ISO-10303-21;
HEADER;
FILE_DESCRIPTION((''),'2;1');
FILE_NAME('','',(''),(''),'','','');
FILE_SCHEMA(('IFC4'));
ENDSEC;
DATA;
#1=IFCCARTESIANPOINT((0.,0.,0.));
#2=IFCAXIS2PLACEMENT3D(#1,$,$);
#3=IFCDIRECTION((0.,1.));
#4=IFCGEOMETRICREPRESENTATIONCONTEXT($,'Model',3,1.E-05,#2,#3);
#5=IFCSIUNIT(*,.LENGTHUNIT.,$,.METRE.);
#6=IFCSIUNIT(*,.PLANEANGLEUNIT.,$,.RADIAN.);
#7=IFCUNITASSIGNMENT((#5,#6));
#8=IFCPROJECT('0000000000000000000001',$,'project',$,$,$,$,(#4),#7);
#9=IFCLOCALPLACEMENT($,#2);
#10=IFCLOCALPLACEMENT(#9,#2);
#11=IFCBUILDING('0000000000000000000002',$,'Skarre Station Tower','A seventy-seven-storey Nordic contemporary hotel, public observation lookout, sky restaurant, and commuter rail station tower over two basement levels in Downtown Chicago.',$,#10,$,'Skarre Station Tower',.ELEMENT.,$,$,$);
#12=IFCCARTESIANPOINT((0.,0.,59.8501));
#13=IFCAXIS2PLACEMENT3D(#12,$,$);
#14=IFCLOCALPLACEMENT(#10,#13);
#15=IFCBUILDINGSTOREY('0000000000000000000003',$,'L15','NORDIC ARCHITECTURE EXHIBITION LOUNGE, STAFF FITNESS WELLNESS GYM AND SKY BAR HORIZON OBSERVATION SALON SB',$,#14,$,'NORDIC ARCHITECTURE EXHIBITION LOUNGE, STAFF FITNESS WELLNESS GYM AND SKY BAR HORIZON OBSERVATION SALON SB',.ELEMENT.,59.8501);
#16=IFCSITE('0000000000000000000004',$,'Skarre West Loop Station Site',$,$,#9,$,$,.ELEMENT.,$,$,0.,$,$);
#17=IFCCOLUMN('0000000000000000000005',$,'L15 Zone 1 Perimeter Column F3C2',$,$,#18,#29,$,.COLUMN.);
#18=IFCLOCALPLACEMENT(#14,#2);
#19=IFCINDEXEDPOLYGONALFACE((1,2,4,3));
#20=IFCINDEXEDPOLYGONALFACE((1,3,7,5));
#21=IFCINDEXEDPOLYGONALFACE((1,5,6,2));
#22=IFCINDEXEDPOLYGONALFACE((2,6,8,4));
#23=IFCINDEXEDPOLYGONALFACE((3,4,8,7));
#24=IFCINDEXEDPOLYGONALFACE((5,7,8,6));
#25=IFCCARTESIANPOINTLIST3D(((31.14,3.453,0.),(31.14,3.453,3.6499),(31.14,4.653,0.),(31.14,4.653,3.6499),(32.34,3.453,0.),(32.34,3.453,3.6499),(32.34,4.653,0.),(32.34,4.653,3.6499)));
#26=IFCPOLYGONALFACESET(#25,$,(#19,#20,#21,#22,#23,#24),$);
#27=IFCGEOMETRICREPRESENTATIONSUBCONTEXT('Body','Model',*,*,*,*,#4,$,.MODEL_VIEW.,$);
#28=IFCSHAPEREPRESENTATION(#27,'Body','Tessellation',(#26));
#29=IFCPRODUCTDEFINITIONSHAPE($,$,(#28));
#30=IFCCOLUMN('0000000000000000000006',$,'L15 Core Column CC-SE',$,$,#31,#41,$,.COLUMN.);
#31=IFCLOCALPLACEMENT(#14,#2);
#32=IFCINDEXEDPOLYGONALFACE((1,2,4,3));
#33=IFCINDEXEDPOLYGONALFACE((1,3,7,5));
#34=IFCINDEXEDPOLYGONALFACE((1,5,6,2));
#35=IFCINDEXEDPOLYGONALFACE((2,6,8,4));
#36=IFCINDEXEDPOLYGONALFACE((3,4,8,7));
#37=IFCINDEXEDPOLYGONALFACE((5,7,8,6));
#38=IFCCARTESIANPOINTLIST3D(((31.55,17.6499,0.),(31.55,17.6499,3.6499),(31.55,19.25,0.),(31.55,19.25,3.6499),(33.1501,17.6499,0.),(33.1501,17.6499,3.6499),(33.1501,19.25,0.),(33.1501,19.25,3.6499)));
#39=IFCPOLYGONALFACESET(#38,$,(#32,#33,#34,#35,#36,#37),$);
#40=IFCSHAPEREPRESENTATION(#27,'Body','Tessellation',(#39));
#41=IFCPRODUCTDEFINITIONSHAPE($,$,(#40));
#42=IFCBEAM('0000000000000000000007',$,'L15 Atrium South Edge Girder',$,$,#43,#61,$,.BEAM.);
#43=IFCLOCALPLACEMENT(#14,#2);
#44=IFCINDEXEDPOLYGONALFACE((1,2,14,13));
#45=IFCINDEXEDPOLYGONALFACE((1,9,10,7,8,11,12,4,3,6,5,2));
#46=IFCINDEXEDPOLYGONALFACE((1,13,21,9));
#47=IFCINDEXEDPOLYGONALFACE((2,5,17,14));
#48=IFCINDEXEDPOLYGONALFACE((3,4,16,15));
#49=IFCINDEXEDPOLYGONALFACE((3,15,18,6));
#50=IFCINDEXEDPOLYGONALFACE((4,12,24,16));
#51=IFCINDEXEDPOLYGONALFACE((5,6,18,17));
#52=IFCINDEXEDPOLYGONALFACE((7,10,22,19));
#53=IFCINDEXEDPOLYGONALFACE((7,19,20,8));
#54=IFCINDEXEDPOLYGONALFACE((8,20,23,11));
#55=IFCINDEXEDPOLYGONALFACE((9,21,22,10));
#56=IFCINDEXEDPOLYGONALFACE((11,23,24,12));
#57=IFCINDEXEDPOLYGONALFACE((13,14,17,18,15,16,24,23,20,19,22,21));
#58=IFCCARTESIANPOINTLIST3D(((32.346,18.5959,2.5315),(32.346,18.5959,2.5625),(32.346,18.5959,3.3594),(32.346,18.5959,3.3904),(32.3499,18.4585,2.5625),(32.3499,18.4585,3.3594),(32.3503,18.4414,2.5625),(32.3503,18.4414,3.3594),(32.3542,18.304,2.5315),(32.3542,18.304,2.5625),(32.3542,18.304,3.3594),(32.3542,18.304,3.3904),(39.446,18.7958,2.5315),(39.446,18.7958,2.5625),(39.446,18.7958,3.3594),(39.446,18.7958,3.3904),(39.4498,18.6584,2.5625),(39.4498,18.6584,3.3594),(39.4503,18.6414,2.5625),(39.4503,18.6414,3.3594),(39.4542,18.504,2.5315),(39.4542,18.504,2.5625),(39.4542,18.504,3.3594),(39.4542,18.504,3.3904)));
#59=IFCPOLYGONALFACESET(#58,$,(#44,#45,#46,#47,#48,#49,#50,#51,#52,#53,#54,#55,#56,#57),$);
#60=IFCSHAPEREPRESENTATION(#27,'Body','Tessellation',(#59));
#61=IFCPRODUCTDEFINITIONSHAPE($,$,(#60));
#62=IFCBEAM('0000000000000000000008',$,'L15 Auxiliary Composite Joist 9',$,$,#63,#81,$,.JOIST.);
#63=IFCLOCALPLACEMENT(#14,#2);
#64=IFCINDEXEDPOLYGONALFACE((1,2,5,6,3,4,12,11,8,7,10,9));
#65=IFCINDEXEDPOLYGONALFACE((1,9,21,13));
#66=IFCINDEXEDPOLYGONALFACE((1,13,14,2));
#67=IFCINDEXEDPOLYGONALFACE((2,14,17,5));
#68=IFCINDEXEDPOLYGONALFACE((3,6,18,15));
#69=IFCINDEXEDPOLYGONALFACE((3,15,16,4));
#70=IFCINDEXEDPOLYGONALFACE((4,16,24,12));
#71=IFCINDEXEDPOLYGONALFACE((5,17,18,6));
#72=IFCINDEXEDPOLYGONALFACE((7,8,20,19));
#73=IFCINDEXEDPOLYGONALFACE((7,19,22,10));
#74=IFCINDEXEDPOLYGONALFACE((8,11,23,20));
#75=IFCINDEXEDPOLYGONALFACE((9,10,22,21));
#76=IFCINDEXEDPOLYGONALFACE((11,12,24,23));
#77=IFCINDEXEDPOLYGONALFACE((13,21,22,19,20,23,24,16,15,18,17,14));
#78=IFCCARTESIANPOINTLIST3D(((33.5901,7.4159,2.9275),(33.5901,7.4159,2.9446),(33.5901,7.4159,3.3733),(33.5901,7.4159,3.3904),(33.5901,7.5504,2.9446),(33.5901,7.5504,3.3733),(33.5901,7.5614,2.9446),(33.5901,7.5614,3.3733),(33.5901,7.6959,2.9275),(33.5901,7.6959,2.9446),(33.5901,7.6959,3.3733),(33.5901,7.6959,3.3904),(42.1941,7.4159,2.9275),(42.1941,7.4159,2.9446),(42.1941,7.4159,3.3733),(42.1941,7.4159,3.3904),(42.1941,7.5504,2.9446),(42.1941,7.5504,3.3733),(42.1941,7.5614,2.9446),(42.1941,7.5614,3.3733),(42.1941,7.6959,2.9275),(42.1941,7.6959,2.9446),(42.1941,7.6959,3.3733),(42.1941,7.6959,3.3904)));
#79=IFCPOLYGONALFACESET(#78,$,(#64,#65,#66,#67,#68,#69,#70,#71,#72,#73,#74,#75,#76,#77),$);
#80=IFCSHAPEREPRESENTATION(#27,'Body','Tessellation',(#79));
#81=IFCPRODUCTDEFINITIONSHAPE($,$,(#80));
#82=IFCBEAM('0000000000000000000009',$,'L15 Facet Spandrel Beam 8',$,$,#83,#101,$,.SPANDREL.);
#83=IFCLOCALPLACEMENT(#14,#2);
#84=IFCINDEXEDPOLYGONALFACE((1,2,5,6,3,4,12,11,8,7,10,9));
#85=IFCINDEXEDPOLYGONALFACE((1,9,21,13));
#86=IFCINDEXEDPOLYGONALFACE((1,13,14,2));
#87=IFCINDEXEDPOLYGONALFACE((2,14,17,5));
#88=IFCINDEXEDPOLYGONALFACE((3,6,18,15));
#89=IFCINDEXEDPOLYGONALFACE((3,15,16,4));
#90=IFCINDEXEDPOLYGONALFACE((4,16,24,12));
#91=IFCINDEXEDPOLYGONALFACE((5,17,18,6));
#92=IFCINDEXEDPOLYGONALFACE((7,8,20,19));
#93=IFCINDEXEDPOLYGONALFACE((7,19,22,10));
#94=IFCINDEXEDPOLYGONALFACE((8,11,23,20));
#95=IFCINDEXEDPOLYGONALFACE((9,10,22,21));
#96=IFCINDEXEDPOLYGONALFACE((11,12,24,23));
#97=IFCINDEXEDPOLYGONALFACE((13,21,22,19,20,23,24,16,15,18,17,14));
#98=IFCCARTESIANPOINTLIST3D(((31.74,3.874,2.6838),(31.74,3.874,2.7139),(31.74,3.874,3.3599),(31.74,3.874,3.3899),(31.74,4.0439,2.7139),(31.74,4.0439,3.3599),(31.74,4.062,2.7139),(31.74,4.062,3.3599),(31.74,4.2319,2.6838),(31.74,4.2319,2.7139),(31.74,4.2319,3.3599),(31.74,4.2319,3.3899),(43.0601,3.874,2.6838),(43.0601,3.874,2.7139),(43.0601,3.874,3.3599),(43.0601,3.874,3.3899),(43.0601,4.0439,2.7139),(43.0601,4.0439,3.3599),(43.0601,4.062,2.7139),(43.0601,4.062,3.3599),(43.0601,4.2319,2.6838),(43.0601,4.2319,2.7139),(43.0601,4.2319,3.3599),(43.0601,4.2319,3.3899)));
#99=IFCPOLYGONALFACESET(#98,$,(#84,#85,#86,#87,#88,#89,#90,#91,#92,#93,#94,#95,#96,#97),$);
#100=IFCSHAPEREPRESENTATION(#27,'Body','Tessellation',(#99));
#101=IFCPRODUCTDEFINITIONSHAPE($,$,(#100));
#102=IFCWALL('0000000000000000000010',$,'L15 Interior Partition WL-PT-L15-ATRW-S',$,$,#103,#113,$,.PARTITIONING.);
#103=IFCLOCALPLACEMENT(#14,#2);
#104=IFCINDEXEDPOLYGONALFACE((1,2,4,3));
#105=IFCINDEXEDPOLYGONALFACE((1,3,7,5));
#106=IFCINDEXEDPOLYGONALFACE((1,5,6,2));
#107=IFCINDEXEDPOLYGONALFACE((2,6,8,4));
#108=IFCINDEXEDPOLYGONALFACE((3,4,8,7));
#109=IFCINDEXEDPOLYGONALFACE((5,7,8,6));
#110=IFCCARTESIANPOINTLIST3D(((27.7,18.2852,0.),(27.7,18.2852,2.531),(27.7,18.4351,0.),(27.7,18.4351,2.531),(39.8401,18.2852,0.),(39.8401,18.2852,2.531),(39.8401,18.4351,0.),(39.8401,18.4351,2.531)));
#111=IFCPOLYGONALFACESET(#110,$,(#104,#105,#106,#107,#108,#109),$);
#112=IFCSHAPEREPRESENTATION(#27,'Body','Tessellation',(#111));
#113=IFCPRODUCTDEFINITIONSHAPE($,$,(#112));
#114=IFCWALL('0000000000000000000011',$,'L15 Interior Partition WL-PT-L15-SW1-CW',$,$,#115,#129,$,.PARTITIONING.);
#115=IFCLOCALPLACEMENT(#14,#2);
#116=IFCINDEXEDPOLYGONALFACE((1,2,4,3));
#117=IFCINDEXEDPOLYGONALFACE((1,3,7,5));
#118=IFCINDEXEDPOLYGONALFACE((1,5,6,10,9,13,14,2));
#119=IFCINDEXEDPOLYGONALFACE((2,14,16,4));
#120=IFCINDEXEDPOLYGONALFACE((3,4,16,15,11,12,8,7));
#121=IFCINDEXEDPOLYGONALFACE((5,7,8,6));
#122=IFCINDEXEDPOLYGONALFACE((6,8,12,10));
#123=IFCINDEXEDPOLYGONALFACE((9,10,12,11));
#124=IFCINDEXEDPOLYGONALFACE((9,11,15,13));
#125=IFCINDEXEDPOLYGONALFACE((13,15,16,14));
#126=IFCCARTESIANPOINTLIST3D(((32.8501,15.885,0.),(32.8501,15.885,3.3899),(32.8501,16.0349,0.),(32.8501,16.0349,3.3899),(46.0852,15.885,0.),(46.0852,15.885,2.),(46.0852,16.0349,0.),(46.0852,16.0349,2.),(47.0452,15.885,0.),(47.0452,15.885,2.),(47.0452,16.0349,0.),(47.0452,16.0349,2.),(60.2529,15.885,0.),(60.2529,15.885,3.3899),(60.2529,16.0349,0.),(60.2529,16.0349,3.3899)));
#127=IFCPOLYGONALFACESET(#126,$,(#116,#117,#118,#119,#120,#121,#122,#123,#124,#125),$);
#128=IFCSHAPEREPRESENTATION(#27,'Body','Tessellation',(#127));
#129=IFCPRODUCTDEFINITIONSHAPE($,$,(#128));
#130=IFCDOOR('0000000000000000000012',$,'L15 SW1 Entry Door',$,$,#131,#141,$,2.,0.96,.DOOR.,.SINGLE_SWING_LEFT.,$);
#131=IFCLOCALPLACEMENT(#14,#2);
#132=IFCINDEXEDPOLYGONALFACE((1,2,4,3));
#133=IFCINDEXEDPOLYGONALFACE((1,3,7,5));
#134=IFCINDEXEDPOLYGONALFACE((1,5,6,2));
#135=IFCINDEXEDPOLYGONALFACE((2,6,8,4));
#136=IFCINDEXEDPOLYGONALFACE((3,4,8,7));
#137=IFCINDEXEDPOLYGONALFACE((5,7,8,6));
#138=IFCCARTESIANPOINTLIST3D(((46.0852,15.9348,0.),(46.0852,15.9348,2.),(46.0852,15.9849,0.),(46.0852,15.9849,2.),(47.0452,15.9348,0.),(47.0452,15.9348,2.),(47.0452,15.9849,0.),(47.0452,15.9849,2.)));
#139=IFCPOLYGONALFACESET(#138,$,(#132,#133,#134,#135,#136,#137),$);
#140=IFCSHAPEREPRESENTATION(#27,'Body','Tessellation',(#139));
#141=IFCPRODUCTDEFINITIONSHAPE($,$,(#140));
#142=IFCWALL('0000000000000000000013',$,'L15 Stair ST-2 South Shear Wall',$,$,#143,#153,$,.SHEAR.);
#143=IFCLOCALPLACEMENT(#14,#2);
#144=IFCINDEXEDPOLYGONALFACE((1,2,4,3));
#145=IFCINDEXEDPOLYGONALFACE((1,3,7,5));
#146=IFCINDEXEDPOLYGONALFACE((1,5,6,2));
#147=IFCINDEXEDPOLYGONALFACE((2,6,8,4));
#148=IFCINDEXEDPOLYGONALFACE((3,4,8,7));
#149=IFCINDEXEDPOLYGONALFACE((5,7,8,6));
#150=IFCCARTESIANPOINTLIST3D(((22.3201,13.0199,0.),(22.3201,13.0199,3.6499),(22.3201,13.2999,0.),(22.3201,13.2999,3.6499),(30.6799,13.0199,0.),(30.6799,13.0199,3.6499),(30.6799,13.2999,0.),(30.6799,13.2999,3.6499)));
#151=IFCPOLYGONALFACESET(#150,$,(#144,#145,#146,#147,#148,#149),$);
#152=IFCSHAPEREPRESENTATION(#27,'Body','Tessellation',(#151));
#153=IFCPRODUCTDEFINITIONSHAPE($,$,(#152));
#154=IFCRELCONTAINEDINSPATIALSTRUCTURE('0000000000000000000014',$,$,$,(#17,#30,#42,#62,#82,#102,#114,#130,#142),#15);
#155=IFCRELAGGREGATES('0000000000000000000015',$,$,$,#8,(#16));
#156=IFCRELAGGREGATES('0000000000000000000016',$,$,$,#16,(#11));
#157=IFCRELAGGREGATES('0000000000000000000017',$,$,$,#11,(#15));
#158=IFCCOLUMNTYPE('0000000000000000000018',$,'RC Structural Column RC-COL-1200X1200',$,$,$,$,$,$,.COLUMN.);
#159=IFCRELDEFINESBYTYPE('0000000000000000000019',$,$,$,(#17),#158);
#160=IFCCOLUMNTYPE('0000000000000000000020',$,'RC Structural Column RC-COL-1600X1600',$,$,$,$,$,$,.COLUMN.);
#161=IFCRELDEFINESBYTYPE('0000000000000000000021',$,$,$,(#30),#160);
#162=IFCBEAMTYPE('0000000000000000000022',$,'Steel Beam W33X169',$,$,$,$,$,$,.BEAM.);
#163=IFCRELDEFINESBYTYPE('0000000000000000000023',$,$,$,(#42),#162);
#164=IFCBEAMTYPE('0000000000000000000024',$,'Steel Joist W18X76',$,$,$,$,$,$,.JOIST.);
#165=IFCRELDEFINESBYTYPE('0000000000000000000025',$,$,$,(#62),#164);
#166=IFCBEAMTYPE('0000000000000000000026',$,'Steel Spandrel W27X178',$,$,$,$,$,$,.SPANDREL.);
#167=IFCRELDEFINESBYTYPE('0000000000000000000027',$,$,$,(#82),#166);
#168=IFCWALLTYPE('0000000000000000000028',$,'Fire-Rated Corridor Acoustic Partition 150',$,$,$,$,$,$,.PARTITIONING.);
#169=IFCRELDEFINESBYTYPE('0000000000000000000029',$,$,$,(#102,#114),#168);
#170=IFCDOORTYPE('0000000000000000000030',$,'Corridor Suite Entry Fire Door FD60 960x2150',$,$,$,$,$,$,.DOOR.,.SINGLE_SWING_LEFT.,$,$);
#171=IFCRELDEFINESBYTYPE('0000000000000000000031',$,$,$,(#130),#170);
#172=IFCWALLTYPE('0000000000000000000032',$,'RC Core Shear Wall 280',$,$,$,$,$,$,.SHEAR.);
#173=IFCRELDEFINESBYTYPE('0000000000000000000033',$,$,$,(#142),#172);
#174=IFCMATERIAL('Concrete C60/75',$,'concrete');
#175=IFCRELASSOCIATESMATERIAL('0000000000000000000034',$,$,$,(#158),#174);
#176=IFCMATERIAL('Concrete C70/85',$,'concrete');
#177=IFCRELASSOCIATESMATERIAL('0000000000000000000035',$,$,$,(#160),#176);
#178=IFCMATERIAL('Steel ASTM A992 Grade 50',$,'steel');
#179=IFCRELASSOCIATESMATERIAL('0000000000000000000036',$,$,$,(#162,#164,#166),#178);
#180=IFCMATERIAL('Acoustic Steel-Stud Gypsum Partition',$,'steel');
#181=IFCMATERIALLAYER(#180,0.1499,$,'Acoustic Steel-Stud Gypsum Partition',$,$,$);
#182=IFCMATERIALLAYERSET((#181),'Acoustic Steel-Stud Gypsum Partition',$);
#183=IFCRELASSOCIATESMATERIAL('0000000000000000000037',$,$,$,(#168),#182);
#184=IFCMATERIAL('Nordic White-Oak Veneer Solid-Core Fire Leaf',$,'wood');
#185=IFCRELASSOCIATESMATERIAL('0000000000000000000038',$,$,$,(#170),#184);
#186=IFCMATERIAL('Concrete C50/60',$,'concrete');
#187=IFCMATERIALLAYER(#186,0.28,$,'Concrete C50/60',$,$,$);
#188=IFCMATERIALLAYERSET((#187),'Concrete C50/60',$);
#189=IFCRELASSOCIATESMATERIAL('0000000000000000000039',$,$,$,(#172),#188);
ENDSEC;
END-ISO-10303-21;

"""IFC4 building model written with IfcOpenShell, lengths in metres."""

from ifc_helpers import new_model, si_unit, direction, frame, frame_2d, origin, origin_2d, place, context, subcontext, project, spatial, rectangle, i_section, extrude, material, layer, layer_set, material_profile, profile_set, type_object, element, fill, save


model = new_model("IFC4")

# Units and contexts
model_context = context("Model", 3, precision=1e-05, world=origin(), true_north=direction((0.0, 1.0)))
body_context = subcontext(model_context, "Body", "Model", "MODEL_VIEW")
ifc_project = project(units=[si_unit("LENGTHUNIT", "METRE"), si_unit("PLANEANGLEUNIT", "RADIAN")], contexts=[model_context])

# Site, building, storey
site_placement = place(None, origin())
site = spatial("IfcSite", under=ifc_project, at=site_placement, Name="Skarre West Loop Station Site", CompositionType="ELEMENT", RefElevation=0.0)
building_placement = place(site_placement, origin())
building = spatial("IfcBuilding", under=site, at=building_placement, Name="Skarre Station Tower", Description="A seventy-seven-storey Nordic contemporary hotel, public observation lookout, sky restaurant, and commuter rail station tower over two basement levels in Downtown Chicago.", LongName="Skarre Station Tower", CompositionType="ELEMENT")
storey_placement = place(building_placement, frame((0.0, 0.0, 59.8501)))
storey = spatial("IfcBuildingStorey", under=building, at=storey_placement, Name="L15", Description="NORDIC ARCHITECTURE EXHIBITION LOUNGE, STAFF FITNESS WELLNESS GYM AND SKY BAR HORIZON OBSERVATION SALON SB", LongName="NORDIC ARCHITECTURE EXHIBITION LOUNGE, STAFF FITNESS WELLNESS GYM AND SKY BAR HORIZON OBSERVATION SALON SB", CompositionType="ELEMENT", Elevation=59.8501)

# Columns
ifc_material_1 = material(Name="Concrete C60/75", Category="concrete")
ifc_material_profile_1 = material_profile(ifc_material_1, rectangle(XDim=1.2, YDim=1.2, at=origin_2d()), Name="Concrete C60/75")
ifc_profile_set_1 = profile_set([ifc_material_profile_1], Name="Concrete C60/75")
column_type_1 = type_object("IfcColumnType", Name="RC Structural Column RC-COL-1200X1200", PredefinedType="COLUMN", material=ifc_profile_set_1)
column_1_placement = place(storey_placement, frame((31.74, 4.053, 0.0), z_axis=(0.0, 0.0, 1.0), x_axis=(1.0, 0.0, 0.0)))
element("IfcColumn", 1, at=column_1_placement, inside=storey, type_object=column_type_1, Name="L15 Zone 1 Perimeter Column F3C2", PredefinedType="COLUMN", context=body_context, shape_type="SweptSolid", body=[
    extrude(rectangle(XDim=1.2, YDim=1.2, at=origin_2d()), origin(), (0.0, 0.0, 1.0), 3.6499),
])
ifc_material_2 = material(Name="Concrete C70/85", Category="concrete")
ifc_material_profile_2 = material_profile(ifc_material_2, rectangle(XDim=1.6001, YDim=1.6001, at=origin_2d()), Name="Concrete C70/85")
ifc_profile_set_2 = profile_set([ifc_material_profile_2], Name="Concrete C70/85")
column_type_2 = type_object("IfcColumnType", Name="RC Structural Column RC-COL-1600X1600", PredefinedType="COLUMN", material=ifc_profile_set_2)
column_2_placement = place(storey_placement, frame((32.3501, 18.45, 0.0), z_axis=(0.0, 0.0, 1.0), x_axis=(1.0, 0.0, 0.0)))
element("IfcColumn", 2, at=column_2_placement, inside=storey, type_object=column_type_2, Name="L15 Core Column CC-SE", PredefinedType="COLUMN", context=body_context, shape_type="SweptSolid", body=[
    extrude(rectangle(XDim=1.6001, YDim=1.6001, at=origin_2d()), origin(), (0.0, 0.0, 1.0), 3.6499),
])

# Beams
ifc_material_3 = material(Name="Steel ASTM A992 Grade 50", Category="steel")
ifc_material_profile_3 = material_profile(ifc_material_3, i_section(OverallWidth=0.292, OverallDepth=0.8589, WebThickness=0.0171, FlangeThickness=0.031, at=origin_2d()), Name="Steel ASTM A992 Grade 50")
ifc_profile_set_3 = profile_set([ifc_material_profile_3], Name="Steel ASTM A992 Grade 50")
beam_type_1 = type_object("IfcBeamType", Name="Steel Beam W33X169", PredefinedType="BEAM", material=ifc_profile_set_3)
beam_1_placement = place(storey_placement, frame((32.3501, 18.45, 2.9609), z_axis=(0.999604, 0.028152, 0.0), x_axis=(-0.028152, 0.999604, 0.0)))
element("IfcBeam", 3, at=beam_1_placement, inside=storey, type_object=beam_type_1, Name="L15 Atrium South Edge Girder", PredefinedType="BEAM", context=body_context, shape_type="SweptSolid", body=[
    extrude(i_section(OverallWidth=0.292, OverallDepth=0.8589, WebThickness=0.0171, FlangeThickness=0.031, at=origin_2d()), origin(), (0.0, 0.0, 1.0), 7.1028),
])
ifc_material_profile_4 = material_profile(ifc_material_3, i_section(OverallWidth=0.28, OverallDepth=0.4629, WebThickness=0.011, FlangeThickness=0.0171, at=origin_2d()), Name="Steel ASTM A992 Grade 50")
ifc_profile_set_4 = profile_set([ifc_material_profile_4], Name="Steel ASTM A992 Grade 50")
beam_type_2 = type_object("IfcBeamType", Name="Steel Joist W18X76", PredefinedType="JOIST", material=ifc_profile_set_4)
beam_2_placement = place(storey_placement, frame((33.5901, 7.5559, 3.1589), z_axis=(1.0, 0.0, 0.0), x_axis=(0.0, 1.0, 0.0)))
element("IfcBeam", 4, at=beam_2_placement, inside=storey, type_object=beam_type_2, Name="L15 Auxiliary Composite Joist 9", PredefinedType="JOIST", context=body_context, shape_type="SweptSolid", body=[
    extrude(i_section(OverallWidth=0.28, OverallDepth=0.4629, WebThickness=0.011, FlangeThickness=0.0171, at=origin_2d()), origin(), (0.0, 0.0, 1.0), 8.604),
])
ifc_material_profile_5 = material_profile(ifc_material_3, i_section(OverallWidth=0.3579, OverallDepth=0.7061, WebThickness=0.0181, FlangeThickness=0.03, at=origin_2d()), Name="Steel ASTM A992 Grade 50")
ifc_profile_set_5 = profile_set([ifc_material_profile_5], Name="Steel ASTM A992 Grade 50")
beam_type_3 = type_object("IfcBeamType", Name="Steel Spandrel W27X178", PredefinedType="SPANDREL", material=ifc_profile_set_5)
beam_3_placement = place(storey_placement, frame((31.74, 4.053, 3.0369), z_axis=(1.0, 0.0, 0.0), x_axis=(0.0, 1.0, 0.0)))
element("IfcBeam", 5, at=beam_3_placement, inside=storey, type_object=beam_type_3, Name="L15 Facet Spandrel Beam 8", PredefinedType="SPANDREL", context=body_context, shape_type="SweptSolid", body=[
    extrude(i_section(OverallWidth=0.3579, OverallDepth=0.7061, WebThickness=0.0181, FlangeThickness=0.03, at=origin_2d()), origin(), (0.0, 0.0, 1.0), 11.3201),
])

# Wall
ifc_material_4 = material(Name="Acoustic Steel-Stud Gypsum Partition", Category="steel")
ifc_layer_1 = layer(ifc_material_4, 0.1499, Name="Acoustic Steel-Stud Gypsum Partition")
ifc_layer_set_1 = layer_set([ifc_layer_1], Name="Acoustic Steel-Stud Gypsum Partition")
wall_type_1 = type_object("IfcWallType", Name="Fire-Rated Corridor Acoustic Partition 150", PredefinedType="PARTITIONING", material=ifc_layer_set_1)
wall_1_placement = place(storey_placement, frame((27.7, 18.3601, 0.0), z_axis=(0.0, 0.0, 1.0), x_axis=(1.0, 0.0, 0.0)))
element("IfcWall", 6, at=wall_1_placement, inside=storey, type_object=wall_type_1, Name="L15 Interior Partition WL-PT-L15-ATRW-S", PredefinedType="PARTITIONING", context=body_context, shape_type="SweptSolid", body=[
    extrude(rectangle(XDim=12.1401, YDim=0.1499, at=frame_2d((6.0701, 0.0))), origin(), (0.0, 0.0, 1.0), 2.531),
])

# Wall, opening, door
wall_2_placement = place(storey_placement, frame((32.8501, 15.96, 0.0), z_axis=(0.0, 0.0, 1.0), x_axis=(1.0, 0.0, 0.0)))
wall_2 = element("IfcWall", 7, at=wall_2_placement, inside=storey, type_object=wall_type_1, Name="L15 Interior Partition WL-PT-L15-SW1-CW", PredefinedType="PARTITIONING", context=body_context, shape_type="SweptSolid", body=[
    extrude(rectangle(XDim=27.4028, YDim=0.1499, at=frame_2d((13.7014, 0.0))), origin(), (0.0, 0.0, 1.0), 3.3899),
])
opening_1_placement = place(wall_2_placement, frame((13.2351, 0.0, 0.0)))
opening_1 = element("IfcOpeningElement", 8, at=opening_1_placement, cuts=wall_2, PredefinedType="OPENING", context=body_context, shape_type="SweptSolid", body=[
    extrude(rectangle(XDim=0.96, YDim=2.0, at=frame_2d((0.48, 1.0))), frame((0.0, 0.085, 0.0), z_axis=(0.0, -1.0, 0.0), x_axis=(1.0, 0.0, 0.0)), (0.0, 0.0, 1.0), 0.1699),
])
ifc_material_5 = material(Name="Nordic White-Oak Veneer Solid-Core Fire Leaf", Category="wood")
door_type_1 = type_object("IfcDoorType", Name="Corridor Suite Entry Fire Door FD60 960x2150", OperationType="SINGLE_SWING_LEFT", PredefinedType="DOOR", material=ifc_material_5)
door_1_placement = place(opening_1_placement, origin())
door_1 = element("IfcDoor", 9, at=door_1_placement, inside=storey, type_object=door_type_1, Name="L15 SW1 Entry Door", OperationType="SINGLE_SWING_LEFT", OverallHeight=2.0, OverallWidth=0.96, PredefinedType="DOOR", context=body_context, shape_type="SweptSolid", body=[
    extrude(rectangle(XDim=0.96, YDim=2.0, at=frame_2d((0.48, 1.0))), frame((0.0, 0.0249, 0.0), z_axis=(0.0, -1.0, 0.0), x_axis=(1.0, 0.0, 0.0)), (0.0, 0.0, 1.0), 0.05),
])
fill(opening_1, door_1)

# Wall
ifc_material_6 = material(Name="Concrete C50/60", Category="concrete")
ifc_layer_2 = layer(ifc_material_6, 0.28, Name="Concrete C50/60")
ifc_layer_set_2 = layer_set([ifc_layer_2], Name="Concrete C50/60")
wall_type_2 = type_object("IfcWallType", Name="RC Core Shear Wall 280", PredefinedType="SHEAR", material=ifc_layer_set_2)
wall_3_placement = place(storey_placement, frame((22.3201, 13.1599, 0.0), z_axis=(0.0, 0.0, 1.0), x_axis=(1.0, 0.0, 0.0)))
element("IfcWall", 10, at=wall_3_placement, inside=storey, type_object=wall_type_2, Name="L15 Stair ST-2 South Shear Wall", PredefinedType="SHEAR", context=body_context, shape_type="SweptSolid", body=[
    extrude(rectangle(XDim=8.3599, YDim=0.28, at=frame_2d((4.1799, 0.0))), origin(), (0.0, 0.0, 1.0), 3.6499),
])

save(model, "model.ifc")
